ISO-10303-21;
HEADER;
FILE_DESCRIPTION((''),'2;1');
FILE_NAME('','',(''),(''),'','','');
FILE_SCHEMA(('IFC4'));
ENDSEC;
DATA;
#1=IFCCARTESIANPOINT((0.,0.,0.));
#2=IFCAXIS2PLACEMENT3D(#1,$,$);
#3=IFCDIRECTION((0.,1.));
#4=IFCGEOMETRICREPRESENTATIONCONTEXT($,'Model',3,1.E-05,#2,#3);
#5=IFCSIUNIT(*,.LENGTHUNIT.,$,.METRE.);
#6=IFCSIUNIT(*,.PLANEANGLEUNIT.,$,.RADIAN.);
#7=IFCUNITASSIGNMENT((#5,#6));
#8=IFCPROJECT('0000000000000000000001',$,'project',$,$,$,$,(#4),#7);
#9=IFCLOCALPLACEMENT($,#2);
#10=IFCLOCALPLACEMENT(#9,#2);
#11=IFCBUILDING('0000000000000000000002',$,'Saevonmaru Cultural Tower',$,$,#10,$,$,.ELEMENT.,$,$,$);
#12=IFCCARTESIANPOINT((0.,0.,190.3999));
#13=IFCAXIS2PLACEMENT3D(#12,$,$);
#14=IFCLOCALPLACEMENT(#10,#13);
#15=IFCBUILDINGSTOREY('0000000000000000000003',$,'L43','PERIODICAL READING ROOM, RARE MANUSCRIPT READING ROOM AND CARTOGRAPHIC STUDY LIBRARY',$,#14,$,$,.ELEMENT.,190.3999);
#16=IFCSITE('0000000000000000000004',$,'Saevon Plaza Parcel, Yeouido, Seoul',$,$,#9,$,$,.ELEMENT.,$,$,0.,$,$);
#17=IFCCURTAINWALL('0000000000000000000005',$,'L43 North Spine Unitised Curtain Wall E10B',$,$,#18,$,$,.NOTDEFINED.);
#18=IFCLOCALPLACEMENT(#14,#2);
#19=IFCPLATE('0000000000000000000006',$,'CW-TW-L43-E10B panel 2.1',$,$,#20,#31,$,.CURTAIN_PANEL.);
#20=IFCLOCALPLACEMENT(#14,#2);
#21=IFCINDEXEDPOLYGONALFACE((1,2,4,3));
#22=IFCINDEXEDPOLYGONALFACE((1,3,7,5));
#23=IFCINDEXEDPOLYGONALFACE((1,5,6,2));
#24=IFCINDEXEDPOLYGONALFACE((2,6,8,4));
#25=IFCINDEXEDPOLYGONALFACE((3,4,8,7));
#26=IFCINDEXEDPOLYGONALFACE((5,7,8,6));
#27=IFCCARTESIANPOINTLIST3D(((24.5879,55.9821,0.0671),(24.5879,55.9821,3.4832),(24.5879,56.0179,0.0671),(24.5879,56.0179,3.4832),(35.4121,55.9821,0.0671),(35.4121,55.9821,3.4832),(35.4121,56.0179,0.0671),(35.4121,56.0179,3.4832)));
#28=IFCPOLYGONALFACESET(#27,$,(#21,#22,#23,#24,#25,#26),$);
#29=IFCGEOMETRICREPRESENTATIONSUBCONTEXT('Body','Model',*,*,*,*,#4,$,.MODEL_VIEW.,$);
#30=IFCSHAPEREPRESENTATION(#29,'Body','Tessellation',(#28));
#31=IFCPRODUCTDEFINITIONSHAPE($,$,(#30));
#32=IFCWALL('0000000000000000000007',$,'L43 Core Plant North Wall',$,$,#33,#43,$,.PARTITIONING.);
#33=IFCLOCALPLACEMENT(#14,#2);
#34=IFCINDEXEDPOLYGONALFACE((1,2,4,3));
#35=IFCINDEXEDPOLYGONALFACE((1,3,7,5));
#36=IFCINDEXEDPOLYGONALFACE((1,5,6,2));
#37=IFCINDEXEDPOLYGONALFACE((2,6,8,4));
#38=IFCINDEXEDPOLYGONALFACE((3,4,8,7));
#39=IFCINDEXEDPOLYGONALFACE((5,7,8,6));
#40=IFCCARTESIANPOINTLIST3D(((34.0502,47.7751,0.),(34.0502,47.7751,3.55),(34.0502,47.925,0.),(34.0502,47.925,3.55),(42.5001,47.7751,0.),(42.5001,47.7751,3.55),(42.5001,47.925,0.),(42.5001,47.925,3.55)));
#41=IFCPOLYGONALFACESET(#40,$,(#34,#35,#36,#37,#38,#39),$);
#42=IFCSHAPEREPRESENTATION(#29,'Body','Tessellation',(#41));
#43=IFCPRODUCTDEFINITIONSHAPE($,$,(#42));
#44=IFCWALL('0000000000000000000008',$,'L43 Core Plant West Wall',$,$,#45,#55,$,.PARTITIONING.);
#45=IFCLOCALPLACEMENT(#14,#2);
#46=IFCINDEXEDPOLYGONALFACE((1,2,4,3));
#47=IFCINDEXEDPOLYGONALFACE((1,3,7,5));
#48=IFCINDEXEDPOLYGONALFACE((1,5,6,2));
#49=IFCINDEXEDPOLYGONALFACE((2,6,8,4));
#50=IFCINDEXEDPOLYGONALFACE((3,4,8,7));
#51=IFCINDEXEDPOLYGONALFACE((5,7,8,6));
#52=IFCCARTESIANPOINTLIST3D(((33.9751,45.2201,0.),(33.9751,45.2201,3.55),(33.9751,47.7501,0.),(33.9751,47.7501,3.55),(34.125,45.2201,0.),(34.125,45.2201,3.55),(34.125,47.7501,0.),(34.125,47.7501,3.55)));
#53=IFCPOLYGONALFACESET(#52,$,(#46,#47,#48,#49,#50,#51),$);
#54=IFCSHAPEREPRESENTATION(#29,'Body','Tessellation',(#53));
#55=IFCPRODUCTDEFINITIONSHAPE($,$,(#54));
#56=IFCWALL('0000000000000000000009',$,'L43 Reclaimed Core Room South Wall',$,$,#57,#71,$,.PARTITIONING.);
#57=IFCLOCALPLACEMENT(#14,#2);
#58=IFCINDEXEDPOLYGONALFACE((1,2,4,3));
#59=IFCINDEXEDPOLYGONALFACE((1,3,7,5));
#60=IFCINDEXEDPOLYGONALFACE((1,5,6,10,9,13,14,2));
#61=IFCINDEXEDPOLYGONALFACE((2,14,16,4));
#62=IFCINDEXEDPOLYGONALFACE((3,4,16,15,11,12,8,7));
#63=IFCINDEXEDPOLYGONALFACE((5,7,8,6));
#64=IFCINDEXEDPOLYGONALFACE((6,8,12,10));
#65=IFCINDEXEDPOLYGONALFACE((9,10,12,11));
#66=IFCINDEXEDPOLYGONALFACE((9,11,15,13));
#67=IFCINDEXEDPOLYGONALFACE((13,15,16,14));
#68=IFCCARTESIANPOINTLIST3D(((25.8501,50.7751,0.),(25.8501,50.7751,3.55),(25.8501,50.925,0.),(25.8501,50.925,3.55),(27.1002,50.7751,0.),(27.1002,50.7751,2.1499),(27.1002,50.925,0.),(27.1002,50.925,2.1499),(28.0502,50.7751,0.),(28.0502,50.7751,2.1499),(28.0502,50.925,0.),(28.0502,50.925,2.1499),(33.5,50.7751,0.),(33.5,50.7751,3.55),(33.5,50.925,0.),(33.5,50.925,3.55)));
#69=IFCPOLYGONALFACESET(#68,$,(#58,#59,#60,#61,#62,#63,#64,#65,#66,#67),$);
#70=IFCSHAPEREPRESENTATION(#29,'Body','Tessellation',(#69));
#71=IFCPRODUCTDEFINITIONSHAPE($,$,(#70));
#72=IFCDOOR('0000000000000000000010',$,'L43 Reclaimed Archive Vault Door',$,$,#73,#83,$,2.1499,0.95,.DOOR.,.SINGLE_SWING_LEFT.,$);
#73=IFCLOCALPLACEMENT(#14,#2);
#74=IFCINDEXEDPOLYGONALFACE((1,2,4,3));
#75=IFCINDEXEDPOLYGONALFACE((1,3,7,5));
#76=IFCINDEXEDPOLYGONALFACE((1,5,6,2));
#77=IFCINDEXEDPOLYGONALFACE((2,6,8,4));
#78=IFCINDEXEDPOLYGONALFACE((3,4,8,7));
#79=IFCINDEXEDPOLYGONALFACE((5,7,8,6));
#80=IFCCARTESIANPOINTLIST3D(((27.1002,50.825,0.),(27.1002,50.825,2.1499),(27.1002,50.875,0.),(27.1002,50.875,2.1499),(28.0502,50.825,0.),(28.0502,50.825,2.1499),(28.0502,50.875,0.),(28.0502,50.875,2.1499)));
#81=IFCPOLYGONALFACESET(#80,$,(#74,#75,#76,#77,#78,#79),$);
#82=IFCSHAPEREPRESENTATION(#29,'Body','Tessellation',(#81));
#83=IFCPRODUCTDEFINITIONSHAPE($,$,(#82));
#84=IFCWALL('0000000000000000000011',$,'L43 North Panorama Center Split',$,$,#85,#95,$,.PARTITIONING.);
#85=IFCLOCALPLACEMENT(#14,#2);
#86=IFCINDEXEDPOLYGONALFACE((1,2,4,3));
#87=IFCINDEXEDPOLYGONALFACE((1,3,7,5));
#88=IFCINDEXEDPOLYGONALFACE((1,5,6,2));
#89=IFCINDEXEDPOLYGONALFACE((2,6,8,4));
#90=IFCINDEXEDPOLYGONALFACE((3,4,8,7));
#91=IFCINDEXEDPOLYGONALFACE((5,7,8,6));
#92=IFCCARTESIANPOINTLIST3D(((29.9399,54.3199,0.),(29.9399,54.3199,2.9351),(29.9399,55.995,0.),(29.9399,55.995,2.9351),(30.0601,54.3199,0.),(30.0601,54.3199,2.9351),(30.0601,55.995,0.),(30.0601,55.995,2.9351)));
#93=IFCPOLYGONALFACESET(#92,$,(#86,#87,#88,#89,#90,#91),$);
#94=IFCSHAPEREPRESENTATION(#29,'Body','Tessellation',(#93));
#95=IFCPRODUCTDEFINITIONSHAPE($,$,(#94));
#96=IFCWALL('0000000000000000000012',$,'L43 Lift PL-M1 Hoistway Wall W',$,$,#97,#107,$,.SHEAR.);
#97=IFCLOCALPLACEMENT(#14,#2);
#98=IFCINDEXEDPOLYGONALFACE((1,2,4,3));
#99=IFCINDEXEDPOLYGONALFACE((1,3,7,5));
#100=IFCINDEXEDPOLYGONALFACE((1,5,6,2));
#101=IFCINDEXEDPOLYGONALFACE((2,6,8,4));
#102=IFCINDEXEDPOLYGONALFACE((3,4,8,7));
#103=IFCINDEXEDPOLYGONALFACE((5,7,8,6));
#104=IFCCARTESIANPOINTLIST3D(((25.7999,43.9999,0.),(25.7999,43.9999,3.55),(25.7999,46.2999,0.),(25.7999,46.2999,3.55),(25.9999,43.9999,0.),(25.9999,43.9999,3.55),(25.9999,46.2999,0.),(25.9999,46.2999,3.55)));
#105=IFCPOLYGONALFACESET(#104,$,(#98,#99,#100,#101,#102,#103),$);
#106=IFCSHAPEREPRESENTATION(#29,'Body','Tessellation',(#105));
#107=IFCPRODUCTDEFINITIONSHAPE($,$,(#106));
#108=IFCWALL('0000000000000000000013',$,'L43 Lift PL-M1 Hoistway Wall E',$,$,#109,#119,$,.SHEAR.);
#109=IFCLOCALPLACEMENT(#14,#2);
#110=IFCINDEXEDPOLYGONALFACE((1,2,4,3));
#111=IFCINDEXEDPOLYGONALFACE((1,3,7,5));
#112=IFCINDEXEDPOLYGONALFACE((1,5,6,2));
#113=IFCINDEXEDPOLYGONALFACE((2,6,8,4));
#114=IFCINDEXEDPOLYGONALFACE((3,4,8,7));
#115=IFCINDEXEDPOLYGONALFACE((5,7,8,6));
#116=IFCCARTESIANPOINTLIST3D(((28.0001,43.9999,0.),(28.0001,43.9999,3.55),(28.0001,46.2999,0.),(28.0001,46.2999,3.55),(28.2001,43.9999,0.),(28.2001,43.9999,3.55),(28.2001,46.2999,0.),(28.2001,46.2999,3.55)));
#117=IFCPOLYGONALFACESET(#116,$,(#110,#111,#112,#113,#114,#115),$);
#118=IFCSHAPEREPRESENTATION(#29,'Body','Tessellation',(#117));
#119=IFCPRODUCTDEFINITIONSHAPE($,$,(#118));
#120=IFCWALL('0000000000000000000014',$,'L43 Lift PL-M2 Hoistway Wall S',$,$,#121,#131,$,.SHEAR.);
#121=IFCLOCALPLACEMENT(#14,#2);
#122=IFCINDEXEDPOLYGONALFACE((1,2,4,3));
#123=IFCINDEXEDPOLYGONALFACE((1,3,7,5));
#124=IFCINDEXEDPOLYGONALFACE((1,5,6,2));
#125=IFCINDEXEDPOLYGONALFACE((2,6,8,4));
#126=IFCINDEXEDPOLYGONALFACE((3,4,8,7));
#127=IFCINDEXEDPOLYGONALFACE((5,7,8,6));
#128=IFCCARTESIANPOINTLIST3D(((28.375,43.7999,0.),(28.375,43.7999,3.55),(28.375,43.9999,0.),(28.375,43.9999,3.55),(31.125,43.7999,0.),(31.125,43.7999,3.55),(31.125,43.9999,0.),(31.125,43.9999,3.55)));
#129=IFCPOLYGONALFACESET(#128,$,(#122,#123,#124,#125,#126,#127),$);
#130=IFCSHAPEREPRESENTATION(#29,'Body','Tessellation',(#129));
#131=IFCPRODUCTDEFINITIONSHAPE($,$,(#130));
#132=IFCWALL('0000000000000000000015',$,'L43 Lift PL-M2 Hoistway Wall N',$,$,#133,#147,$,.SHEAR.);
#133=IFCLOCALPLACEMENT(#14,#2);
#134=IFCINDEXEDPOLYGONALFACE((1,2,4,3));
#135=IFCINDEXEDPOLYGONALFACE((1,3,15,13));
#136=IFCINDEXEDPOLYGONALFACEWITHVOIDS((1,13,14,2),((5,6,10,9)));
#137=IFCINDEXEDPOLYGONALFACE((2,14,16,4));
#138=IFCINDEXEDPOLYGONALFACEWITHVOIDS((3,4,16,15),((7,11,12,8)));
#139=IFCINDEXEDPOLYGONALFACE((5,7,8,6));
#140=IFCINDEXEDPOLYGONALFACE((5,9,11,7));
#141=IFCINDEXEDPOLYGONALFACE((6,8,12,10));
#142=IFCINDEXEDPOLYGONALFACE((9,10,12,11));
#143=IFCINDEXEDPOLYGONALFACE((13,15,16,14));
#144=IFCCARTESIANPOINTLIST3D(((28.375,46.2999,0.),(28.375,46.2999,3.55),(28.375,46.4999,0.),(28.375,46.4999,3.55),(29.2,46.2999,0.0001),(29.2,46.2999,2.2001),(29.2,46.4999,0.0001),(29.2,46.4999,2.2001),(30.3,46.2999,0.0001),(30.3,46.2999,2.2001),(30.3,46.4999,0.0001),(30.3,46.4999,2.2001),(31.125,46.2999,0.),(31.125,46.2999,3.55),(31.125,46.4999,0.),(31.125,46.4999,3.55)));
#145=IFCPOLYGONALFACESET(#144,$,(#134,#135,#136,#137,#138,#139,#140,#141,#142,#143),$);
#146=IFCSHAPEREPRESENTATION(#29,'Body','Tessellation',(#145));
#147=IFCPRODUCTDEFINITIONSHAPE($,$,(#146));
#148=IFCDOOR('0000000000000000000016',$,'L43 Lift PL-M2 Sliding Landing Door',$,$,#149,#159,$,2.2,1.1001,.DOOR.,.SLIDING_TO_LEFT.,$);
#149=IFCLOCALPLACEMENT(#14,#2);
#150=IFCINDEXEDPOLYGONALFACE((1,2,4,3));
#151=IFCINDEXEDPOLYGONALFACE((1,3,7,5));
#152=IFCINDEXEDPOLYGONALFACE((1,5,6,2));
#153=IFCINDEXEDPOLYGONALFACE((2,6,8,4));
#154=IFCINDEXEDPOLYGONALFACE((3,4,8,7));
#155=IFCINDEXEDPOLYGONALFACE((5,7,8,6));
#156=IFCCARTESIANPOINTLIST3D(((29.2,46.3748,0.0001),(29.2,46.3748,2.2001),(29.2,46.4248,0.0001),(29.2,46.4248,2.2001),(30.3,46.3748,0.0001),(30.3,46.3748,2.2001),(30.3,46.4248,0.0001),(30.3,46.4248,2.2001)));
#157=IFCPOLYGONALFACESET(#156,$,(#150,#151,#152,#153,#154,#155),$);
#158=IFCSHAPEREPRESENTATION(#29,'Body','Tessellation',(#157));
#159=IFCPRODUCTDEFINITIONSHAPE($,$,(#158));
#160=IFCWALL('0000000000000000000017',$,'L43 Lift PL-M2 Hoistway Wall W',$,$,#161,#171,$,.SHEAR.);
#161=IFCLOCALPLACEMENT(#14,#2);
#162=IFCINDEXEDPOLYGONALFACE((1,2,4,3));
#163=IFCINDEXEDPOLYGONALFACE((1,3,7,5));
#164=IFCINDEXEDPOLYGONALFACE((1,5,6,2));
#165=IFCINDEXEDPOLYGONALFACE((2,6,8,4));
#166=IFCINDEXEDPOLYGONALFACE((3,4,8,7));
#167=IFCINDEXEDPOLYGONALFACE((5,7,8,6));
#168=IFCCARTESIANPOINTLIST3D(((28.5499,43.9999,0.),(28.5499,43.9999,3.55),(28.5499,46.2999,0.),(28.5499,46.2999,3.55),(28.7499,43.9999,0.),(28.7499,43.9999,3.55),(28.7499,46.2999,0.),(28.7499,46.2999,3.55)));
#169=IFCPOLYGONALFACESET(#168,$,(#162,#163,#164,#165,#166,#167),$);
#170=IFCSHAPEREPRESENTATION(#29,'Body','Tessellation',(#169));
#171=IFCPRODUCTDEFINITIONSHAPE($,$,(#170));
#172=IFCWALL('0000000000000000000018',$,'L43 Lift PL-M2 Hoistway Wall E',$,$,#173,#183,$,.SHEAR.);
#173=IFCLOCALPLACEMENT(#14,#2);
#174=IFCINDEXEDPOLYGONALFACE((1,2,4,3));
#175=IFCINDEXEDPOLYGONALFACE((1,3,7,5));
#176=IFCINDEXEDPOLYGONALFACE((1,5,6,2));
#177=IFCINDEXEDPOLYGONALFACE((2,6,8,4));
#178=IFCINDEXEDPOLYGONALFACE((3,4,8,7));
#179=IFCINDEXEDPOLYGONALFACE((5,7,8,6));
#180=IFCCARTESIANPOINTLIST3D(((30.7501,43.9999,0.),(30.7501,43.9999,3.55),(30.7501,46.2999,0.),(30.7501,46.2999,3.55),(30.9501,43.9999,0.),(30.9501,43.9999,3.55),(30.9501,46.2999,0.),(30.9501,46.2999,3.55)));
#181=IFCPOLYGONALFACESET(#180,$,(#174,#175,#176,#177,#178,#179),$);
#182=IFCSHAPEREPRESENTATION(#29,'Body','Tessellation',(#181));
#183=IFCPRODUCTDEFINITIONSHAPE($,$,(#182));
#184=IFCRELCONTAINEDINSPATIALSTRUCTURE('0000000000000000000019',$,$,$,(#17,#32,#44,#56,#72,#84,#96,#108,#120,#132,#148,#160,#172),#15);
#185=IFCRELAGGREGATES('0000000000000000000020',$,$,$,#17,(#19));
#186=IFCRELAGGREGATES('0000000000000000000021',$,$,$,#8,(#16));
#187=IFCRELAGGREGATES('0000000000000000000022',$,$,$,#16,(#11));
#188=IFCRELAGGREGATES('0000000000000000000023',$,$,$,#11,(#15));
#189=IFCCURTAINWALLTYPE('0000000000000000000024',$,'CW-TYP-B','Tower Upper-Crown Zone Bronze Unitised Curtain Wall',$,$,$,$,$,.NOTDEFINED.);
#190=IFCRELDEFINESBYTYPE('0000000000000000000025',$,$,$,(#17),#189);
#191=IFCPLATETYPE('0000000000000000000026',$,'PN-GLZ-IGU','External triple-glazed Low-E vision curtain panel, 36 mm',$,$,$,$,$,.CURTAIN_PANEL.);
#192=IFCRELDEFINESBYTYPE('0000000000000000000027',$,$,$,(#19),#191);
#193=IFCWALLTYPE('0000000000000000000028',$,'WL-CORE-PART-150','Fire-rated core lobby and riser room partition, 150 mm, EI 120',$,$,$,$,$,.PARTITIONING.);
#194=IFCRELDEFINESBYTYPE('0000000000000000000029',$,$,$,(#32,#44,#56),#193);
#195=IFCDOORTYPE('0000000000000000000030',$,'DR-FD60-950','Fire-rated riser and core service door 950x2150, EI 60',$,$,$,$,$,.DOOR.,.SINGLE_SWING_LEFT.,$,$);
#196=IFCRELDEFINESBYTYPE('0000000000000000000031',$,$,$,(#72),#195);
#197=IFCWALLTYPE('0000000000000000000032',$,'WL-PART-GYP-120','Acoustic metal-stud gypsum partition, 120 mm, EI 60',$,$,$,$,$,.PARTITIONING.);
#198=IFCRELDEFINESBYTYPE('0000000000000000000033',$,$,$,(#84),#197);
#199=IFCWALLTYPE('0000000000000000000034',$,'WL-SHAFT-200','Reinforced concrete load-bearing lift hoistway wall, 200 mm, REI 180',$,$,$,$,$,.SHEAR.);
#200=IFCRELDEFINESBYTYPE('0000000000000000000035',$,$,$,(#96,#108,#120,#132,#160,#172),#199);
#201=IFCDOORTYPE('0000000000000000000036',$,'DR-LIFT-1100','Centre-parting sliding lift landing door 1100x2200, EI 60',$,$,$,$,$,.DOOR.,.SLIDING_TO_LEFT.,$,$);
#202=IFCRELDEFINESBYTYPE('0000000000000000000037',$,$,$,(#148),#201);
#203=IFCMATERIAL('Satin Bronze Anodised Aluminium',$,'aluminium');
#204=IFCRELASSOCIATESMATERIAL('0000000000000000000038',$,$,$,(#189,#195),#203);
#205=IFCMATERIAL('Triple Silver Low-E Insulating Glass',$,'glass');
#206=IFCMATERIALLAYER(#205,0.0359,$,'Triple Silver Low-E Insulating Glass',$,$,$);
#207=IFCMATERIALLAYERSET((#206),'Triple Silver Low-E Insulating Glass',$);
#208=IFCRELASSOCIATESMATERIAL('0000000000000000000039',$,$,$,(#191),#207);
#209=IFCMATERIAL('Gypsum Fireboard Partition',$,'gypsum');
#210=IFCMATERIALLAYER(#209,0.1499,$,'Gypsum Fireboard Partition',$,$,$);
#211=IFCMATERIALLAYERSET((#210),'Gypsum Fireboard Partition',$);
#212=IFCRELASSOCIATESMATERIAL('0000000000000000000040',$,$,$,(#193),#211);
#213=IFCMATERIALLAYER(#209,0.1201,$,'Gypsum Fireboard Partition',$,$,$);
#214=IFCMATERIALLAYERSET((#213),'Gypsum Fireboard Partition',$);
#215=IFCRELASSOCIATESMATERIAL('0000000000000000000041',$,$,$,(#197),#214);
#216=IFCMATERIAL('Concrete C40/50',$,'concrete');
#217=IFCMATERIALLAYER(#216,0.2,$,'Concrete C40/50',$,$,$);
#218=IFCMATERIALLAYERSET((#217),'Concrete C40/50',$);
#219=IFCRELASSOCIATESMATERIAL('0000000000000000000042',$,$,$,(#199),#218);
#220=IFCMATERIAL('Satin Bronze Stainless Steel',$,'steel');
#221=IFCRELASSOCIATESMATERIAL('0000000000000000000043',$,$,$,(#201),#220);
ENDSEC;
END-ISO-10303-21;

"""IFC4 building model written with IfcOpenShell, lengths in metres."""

from ifc_helpers import new_model, si_unit, direction, frame, frame_2d, origin, origin_2d, place, context, subcontext, project, spatial, rectangle, extrude, material, layer, layer_set, type_object, element, fill, aggregate, save


model = new_model("IFC4")

# Units and contexts
model_context = context("Model", 3, precision=1e-05, world=origin(), true_north=direction((0.0, 1.0)))
body_context = subcontext(model_context, "Body", "Model", "MODEL_VIEW")
ifc_project = project(units=[si_unit("LENGTHUNIT", "METRE"), si_unit("PLANEANGLEUNIT", "RADIAN")], contexts=[model_context])

# Site, building, storey
site_placement = place(None, origin())
site = spatial("IfcSite", under=ifc_project, at=site_placement, Name="Saevon Plaza Parcel, Yeouido, Seoul", CompositionType="ELEMENT", RefElevation=0.0)
building_placement = place(site_placement, origin())
building = spatial("IfcBuilding", under=site, at=building_placement, Name="Saevonmaru Cultural Tower", CompositionType="ELEMENT")
storey_placement = place(building_placement, frame((0.0, 0.0, 190.3999)))
storey = spatial("IfcBuildingStorey", under=building, at=storey_placement, Name="L43", Description="PERIODICAL READING ROOM, RARE MANUSCRIPT READING ROOM AND CARTOGRAPHIC STUDY LIBRARY", CompositionType="ELEMENT", Elevation=190.3999)

# Curtain wall, plate
ifc_material_1 = material(Name="Satin Bronze Anodised Aluminium", Category="aluminium")
curtain_wall_type = type_object("IfcCurtainWallType", Name="CW-TYP-B", Description="Tower Upper-Crown Zone Bronze Unitised Curtain Wall", PredefinedType="NOTDEFINED", material=ifc_material_1)
curtain_wall_placement = place(storey_placement, origin())
curtain_wall = element("IfcCurtainWall", 1, at=curtain_wall_placement, inside=storey, type_object=curtain_wall_type, Name="L43 North Spine Unitised Curtain Wall E10B", PredefinedType="NOTDEFINED")
ifc_material_2 = material(Name="Triple Silver Low-E Insulating Glass", Category="glass")
ifc_layer_1 = layer(ifc_material_2, 0.0359, Name="Triple Silver Low-E Insulating Glass")
ifc_layer_set_1 = layer_set([ifc_layer_1], Name="Triple Silver Low-E Insulating Glass")
plate_type = type_object("IfcPlateType", Name="PN-GLZ-IGU", Description="External triple-glazed Low-E vision curtain panel, 36 mm", PredefinedType="CURTAIN_PANEL", material=ifc_layer_set_1)
plate_placement = place(storey_placement, frame((30.0, 56.0, 0.0671), z_axis=(0.0, 0.0, 1.0), x_axis=(-1.0, 0.0, 0.0)))
plate = element("IfcPlate", 2, at=plate_placement, type_object=plate_type, Name="CW-TW-L43-E10B panel 2.1", PredefinedType="CURTAIN_PANEL", context=body_context, shape_type="SweptSolid", body=[
    extrude(rectangle(XDim=10.8242, YDim=0.0359, at=origin_2d()), origin(), (0.0, 0.0, 1.0), 3.416),
])
aggregate(curtain_wall, [plate])

# Shared definitions
ifc_material_3 = material(Name="Gypsum Fireboard Partition", Category="gypsum")
ifc_layer_2 = layer(ifc_material_3, 0.1499, Name="Gypsum Fireboard Partition")
ifc_layer_set_2 = layer_set([ifc_layer_2], Name="Gypsum Fireboard Partition")
wall_type_1 = type_object("IfcWallType", Name="WL-CORE-PART-150", Description="Fire-rated core lobby and riser room partition, 150 mm, EI 120", PredefinedType="PARTITIONING", material=ifc_layer_set_2)

# Shared definitions
door_type_1 = type_object("IfcDoorType", Name="DR-FD60-950", Description="Fire-rated riser and core service door 950x2150, EI 60", OperationType="SINGLE_SWING_LEFT", PredefinedType="DOOR", material=ifc_material_1)

# Walls
wall_1_placement = place(storey_placement, frame((34.05, 47.8501, 0.0), z_axis=(0.0, 0.0, 1.0), x_axis=(1.0, 0.0, 0.0)))
element("IfcWall", 3, at=wall_1_placement, inside=storey, type_object=wall_type_1, Name="L43 Core Plant North Wall", PredefinedType="PARTITIONING", context=body_context, shape_type="SweptSolid", body=[
    extrude(rectangle(XDim=8.45, YDim=0.1499, at=frame_2d((4.2251, 0.0))), origin(), (0.0, 0.0, 1.0), 3.55),
])
wall_2_placement = place(storey_placement, frame((34.05, 45.22, 0.0), z_axis=(0.0, 0.0, 1.0), x_axis=(0.0, 1.0, 0.0)))
element("IfcWall", 4, at=wall_2_placement, inside=storey, type_object=wall_type_1, Name="L43 Core Plant West Wall", PredefinedType="PARTITIONING", context=body_context, shape_type="SweptSolid", body=[
    extrude(rectangle(XDim=2.53, YDim=0.1499, at=frame_2d((1.2651, 0.0))), origin(), (0.0, 0.0, 1.0), 3.55),
])

# Wall, opening, door
wall_3_placement = place(storey_placement, frame((25.8501, 50.8501, 0.0), z_axis=(0.0, 0.0, 1.0), x_axis=(1.0, 0.0, 0.0)))
wall_3 = element("IfcWall", 5, at=wall_3_placement, inside=storey, type_object=wall_type_1, Name="L43 Reclaimed Core Room South Wall", PredefinedType="PARTITIONING", context=body_context, shape_type="SweptSolid", body=[
    extrude(rectangle(XDim=7.6499, YDim=0.1499, at=frame_2d((3.825, 0.0))), origin(), (0.0, 0.0, 1.0), 3.55),
])
opening_1_placement = place(wall_3_placement, frame((1.25, 0.0, 0.0)))
opening_1 = element("IfcOpeningElement", 6, at=opening_1_placement, cuts=wall_3, PredefinedType="OPENING", context=body_context, shape_type="SweptSolid", body=[
    extrude(rectangle(XDim=0.95, YDim=2.1499, at=frame_2d((0.4751, 1.075))), frame((0.0, 0.085, 0.0), z_axis=(0.0, -1.0, 0.0), x_axis=(1.0, 0.0, 0.0)), (0.0, 0.0, 1.0), 0.1699),
])
door_1_placement = place(opening_1_placement, origin())
door_1 = element("IfcDoor", 7, at=door_1_placement, inside=storey, type_object=door_type_1, Name="L43 Reclaimed Archive Vault Door", OperationType="SINGLE_SWING_LEFT", OverallHeight=2.1499, OverallWidth=0.95, PredefinedType="DOOR", context=body_context, shape_type="SweptSolid", body=[
    extrude(rectangle(XDim=0.95, YDim=2.1499, at=frame_2d((0.4751, 1.075))), frame((0.0, 0.0249, 0.0), z_axis=(0.0, -1.0, 0.0), x_axis=(1.0, 0.0, 0.0)), (0.0, 0.0, 1.0), 0.05),
])
fill(opening_1, door_1)

# Walls
ifc_layer_3 = layer(ifc_material_3, 0.1201, Name="Gypsum Fireboard Partition")
ifc_layer_set_3 = layer_set([ifc_layer_3], Name="Gypsum Fireboard Partition")
wall_type_2 = type_object("IfcWallType", Name="WL-PART-GYP-120", Description="Acoustic metal-stud gypsum partition, 120 mm, EI 60", PredefinedType="PARTITIONING", material=ifc_layer_set_3)
wall_4_placement = place(storey_placement, frame((30.0, 54.3201, 0.0), z_axis=(0.0, 0.0, 1.0), x_axis=(0.0, 1.0, 0.0)))
element("IfcWall", 8, at=wall_4_placement, inside=storey, type_object=wall_type_2, Name="L43 North Panorama Center Split", PredefinedType="PARTITIONING", context=body_context, shape_type="SweptSolid", body=[
    extrude(rectangle(XDim=1.675, YDim=0.1201, at=frame_2d((0.8374, 0.0))), origin(), (0.0, 0.0, 1.0), 2.9351),
])
ifc_material_4 = material(Name="Concrete C40/50", Category="concrete")
ifc_layer_4 = layer(ifc_material_4, 0.2, Name="Concrete C40/50")
ifc_layer_set_4 = layer_set([ifc_layer_4], Name="Concrete C40/50")
wall_type_3 = type_object("IfcWallType", Name="WL-SHAFT-200", Description="Reinforced concrete load-bearing lift hoistway wall, 200 mm, REI 180", PredefinedType="SHEAR", material=ifc_layer_set_4)
for number, where, z_axis, x_axis, name in (
    (9, (25.8999, 44.0, 0.0), (0.0, 0.0, 1.0), (0.0, 1.0, 0.0), "L43 Lift PL-M1 Hoistway Wall W"),
    (10, (28.1001, 44.0, 0.0), (0.0, 0.0, 1.0), (0.0, 1.0, 0.0), "L43 Lift PL-M1 Hoistway Wall E"),
):
    element("IfcWall", number, at=place(storey_placement, frame(where, z_axis=z_axis, x_axis=x_axis)), inside=storey, type_object=wall_type_3, Name=name, PredefinedType="SHEAR", context=body_context, shape_type="SweptSolid", body=[
        extrude(rectangle(XDim=2.3, YDim=0.2, at=frame_2d((1.1499, 0.0))), origin(), (0.0, 0.0, 1.0), 3.55),
    ])
wall_5_placement = place(storey_placement, frame((28.375, 43.8999, 0.0), z_axis=(0.0, 0.0, 1.0), x_axis=(1.0, 0.0, 0.0)))
element("IfcWall", 11, at=wall_5_placement, inside=storey, type_object=wall_type_3, Name="L43 Lift PL-M2 Hoistway Wall S", PredefinedType="SHEAR", context=body_context, shape_type="SweptSolid", body=[
    extrude(rectangle(XDim=2.75, YDim=0.2, at=frame_2d((1.375, 0.0))), origin(), (0.0, 0.0, 1.0), 3.55),
])

# Wall, opening, door
wall_6_placement = place(storey_placement, frame((28.375, 46.3999, 0.0), z_axis=(0.0, 0.0, 1.0), x_axis=(1.0, 0.0, 0.0)))
wall_6 = element("IfcWall", 12, at=wall_6_placement, inside=storey, type_object=wall_type_3, Name="L43 Lift PL-M2 Hoistway Wall N", PredefinedType="SHEAR", context=body_context, shape_type="SweptSolid", body=[
    extrude(rectangle(XDim=2.75, YDim=0.2, at=frame_2d((1.375, 0.0))), origin(), (0.0, 0.0, 1.0), 3.55),
])
opening_2_placement = place(wall_6_placement, frame((0.825, 0.0, 0.0)))
opening_2 = element("IfcOpeningElement", 13, at=opening_2_placement, cuts=wall_6, PredefinedType="OPENING", context=body_context, shape_type="SweptSolid", body=[
    extrude(rectangle(XDim=1.1001, YDim=2.2, at=frame_2d((0.55, 1.1001))), frame((0.0, 0.1099, 0.0), z_axis=(0.0, -1.0, 0.0), x_axis=(1.0, 0.0, 0.0)), (0.0, 0.0, 1.0), 0.22),
])
ifc_material_5 = material(Name="Satin Bronze Stainless Steel", Category="steel")
door_type_2 = type_object("IfcDoorType", Name="DR-LIFT-1100", Description="Centre-parting sliding lift landing door 1100x2200, EI 60", OperationType="SLIDING_TO_LEFT", PredefinedType="DOOR", material=ifc_material_5)
door_2_placement = place(opening_2_placement, origin())
door_2 = element("IfcDoor", 14, at=door_2_placement, inside=storey, type_object=door_type_2, Name="L43 Lift PL-M2 Sliding Landing Door", OperationType="SLIDING_TO_LEFT", OverallHeight=2.2, OverallWidth=1.1001, PredefinedType="DOOR", context=body_context, shape_type="SweptSolid", body=[
    extrude(rectangle(XDim=1.1001, YDim=2.2, at=frame_2d((0.55, 1.1001))), frame((0.0, 0.0249, 0.0), z_axis=(0.0, -1.0, 0.0), x_axis=(1.0, 0.0, 0.0)), (0.0, 0.0, 1.0), 0.05),
])
fill(opening_2, door_2)

# Walls
for number, where, z_axis, x_axis, name in (
    (15, (28.6499, 44.0, 0.0), (0.0, 0.0, 1.0), (0.0, 1.0, 0.0), "L43 Lift PL-M2 Hoistway Wall W"),
    (16, (30.8501, 44.0, 0.0), (0.0, 0.0, 1.0), (0.0, 1.0, 0.0), "L43 Lift PL-M2 Hoistway Wall E"),
):
    element("IfcWall", number, at=place(storey_placement, frame(where, z_axis=z_axis, x_axis=x_axis)), inside=storey, type_object=wall_type_3, Name=name, PredefinedType="SHEAR", context=body_context, shape_type="SweptSolid", body=[
        extrude(rectangle(XDim=2.3, YDim=0.2, at=frame_2d((1.1499, 0.0))), origin(), (0.0, 0.0, 1.0), 3.55),
    ])

save(model, "model.ifc")
